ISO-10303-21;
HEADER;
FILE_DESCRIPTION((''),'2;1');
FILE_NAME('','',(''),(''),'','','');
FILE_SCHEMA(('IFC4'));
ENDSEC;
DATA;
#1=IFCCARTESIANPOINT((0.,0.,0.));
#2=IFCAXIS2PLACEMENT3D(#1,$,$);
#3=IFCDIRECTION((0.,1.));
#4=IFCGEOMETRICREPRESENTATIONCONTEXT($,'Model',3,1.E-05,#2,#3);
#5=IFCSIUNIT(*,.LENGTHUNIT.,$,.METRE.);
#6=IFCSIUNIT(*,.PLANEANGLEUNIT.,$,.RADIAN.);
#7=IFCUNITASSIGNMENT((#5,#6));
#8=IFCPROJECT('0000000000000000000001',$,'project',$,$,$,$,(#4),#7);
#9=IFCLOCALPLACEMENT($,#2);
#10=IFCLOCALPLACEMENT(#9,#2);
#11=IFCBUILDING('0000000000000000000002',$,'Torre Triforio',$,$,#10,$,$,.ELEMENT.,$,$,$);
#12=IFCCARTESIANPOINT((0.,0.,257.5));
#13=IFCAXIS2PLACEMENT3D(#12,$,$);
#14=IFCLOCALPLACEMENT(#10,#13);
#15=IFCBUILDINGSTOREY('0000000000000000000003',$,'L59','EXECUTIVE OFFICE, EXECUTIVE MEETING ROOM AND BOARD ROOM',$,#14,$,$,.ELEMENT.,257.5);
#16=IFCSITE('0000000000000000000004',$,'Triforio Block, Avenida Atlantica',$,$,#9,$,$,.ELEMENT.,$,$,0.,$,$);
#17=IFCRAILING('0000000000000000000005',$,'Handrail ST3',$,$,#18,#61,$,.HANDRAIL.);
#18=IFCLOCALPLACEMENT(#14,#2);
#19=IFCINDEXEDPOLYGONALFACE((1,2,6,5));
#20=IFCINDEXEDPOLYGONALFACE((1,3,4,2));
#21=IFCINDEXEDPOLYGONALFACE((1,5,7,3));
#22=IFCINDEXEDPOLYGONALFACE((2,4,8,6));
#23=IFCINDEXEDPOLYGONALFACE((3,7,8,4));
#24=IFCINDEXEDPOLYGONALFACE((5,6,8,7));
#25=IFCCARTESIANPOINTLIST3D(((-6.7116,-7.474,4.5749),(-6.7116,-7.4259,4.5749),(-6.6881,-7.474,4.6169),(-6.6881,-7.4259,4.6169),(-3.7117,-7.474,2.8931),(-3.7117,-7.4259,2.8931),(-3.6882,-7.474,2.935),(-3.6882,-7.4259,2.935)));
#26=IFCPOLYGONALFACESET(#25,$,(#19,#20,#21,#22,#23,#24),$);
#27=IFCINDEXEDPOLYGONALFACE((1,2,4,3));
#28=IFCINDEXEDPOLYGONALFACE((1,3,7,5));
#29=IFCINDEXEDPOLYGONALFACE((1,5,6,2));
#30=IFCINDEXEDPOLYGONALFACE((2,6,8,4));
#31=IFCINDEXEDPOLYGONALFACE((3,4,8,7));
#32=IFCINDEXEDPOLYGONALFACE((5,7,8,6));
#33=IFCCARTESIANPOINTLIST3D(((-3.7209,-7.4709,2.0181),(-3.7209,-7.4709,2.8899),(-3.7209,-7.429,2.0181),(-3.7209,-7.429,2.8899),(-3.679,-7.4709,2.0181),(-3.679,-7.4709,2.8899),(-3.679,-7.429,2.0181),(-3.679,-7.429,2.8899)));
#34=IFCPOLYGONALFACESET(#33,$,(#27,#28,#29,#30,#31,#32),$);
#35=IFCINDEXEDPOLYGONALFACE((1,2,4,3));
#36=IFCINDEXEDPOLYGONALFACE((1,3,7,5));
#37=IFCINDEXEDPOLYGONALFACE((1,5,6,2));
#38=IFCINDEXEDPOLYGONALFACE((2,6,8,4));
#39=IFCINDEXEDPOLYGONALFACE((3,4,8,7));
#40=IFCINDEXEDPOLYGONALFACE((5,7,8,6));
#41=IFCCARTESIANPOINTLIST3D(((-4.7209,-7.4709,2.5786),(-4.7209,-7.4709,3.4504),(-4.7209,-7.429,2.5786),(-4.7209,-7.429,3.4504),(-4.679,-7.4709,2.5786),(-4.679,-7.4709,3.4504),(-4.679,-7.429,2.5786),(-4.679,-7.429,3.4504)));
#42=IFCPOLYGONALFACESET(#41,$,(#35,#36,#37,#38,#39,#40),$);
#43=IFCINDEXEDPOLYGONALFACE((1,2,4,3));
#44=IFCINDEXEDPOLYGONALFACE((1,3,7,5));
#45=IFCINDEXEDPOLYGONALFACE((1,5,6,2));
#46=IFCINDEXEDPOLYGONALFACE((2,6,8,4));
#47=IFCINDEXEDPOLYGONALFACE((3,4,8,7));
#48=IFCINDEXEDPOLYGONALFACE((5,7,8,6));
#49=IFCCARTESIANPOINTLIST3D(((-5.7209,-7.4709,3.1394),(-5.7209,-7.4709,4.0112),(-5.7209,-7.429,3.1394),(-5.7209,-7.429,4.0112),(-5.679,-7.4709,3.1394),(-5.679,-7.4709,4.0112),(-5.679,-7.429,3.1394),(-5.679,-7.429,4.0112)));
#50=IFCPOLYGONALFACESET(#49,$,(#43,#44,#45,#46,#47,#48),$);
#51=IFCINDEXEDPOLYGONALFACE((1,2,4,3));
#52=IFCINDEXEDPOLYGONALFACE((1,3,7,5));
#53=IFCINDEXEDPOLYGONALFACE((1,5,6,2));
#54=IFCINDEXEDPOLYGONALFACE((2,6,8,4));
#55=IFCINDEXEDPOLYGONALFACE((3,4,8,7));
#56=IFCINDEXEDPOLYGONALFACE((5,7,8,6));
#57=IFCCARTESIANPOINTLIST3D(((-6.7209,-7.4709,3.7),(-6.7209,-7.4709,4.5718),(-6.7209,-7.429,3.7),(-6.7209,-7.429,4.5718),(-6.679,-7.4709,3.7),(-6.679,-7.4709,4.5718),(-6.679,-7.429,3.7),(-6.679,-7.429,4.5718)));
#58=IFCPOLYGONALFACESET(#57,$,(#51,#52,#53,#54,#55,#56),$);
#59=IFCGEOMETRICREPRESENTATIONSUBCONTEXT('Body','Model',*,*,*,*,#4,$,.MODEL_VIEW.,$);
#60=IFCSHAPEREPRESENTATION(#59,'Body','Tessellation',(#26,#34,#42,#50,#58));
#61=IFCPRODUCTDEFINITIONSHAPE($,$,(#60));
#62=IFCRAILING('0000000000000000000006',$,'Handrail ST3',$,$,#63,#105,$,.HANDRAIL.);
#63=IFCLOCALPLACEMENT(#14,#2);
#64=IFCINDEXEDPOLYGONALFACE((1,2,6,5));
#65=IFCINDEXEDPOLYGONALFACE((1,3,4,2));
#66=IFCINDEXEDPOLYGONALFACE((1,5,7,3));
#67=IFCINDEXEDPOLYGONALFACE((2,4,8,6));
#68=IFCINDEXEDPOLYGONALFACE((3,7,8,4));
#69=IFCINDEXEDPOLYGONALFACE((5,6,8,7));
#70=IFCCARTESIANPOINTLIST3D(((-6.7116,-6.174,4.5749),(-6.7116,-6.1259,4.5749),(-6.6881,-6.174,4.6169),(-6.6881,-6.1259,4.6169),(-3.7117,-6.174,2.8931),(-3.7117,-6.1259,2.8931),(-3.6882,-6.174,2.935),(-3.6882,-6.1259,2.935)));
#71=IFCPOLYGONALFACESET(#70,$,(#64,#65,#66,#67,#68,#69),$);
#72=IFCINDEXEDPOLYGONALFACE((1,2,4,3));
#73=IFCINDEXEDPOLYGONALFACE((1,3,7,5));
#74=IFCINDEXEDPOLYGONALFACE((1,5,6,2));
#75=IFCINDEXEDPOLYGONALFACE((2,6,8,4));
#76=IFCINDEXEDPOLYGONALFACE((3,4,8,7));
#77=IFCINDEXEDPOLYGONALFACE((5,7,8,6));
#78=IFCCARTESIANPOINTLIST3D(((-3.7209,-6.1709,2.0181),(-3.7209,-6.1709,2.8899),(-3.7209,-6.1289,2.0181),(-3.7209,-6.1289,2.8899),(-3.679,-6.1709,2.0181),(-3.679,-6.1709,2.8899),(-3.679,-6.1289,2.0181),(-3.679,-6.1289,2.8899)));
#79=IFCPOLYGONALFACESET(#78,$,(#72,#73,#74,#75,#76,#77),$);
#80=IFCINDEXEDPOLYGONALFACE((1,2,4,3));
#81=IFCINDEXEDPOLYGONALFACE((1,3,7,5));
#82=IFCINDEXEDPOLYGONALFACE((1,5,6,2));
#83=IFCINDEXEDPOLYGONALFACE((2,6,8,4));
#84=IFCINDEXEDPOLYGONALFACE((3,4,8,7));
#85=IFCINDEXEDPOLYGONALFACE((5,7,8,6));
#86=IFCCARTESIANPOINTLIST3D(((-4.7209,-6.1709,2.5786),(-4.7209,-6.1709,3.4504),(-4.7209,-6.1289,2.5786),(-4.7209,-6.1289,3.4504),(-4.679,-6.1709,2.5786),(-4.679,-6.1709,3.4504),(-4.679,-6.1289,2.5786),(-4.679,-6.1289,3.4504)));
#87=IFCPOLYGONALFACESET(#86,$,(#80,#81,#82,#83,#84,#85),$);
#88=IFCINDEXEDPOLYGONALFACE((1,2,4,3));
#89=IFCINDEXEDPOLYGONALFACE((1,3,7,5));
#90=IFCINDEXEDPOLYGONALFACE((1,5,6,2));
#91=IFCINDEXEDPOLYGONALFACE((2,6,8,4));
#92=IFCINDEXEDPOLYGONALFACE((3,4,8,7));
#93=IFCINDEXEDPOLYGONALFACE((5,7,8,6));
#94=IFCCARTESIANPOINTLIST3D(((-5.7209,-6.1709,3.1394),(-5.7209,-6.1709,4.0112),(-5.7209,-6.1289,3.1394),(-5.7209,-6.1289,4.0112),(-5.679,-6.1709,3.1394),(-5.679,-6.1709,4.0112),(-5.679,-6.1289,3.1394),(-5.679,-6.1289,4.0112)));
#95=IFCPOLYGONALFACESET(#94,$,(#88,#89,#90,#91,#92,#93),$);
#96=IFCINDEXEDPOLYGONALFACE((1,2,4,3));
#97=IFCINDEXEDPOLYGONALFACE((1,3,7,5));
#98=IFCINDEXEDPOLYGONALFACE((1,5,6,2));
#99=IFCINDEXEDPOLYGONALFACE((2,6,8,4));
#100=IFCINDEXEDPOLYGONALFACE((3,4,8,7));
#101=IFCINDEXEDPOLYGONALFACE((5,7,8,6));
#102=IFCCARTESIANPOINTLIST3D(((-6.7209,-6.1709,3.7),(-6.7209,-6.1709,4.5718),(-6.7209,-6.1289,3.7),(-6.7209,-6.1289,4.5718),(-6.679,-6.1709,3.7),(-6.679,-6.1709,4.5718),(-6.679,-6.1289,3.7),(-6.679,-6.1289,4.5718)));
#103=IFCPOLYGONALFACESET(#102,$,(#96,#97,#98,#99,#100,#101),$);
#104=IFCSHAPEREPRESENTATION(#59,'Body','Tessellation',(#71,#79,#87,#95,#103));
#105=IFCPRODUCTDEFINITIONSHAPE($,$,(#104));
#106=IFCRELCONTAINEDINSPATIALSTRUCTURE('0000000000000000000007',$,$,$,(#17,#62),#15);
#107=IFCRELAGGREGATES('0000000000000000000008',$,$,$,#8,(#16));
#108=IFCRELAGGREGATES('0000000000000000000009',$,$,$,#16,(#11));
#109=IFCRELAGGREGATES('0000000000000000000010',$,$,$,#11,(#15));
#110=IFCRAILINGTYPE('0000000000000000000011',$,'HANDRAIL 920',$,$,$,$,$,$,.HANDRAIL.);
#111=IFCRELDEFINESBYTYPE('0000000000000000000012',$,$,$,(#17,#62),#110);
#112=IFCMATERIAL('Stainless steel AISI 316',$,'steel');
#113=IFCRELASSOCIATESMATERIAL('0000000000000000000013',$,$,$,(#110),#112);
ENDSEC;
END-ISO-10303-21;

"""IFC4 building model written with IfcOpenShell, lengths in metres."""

from ifc_helpers import new_model, si_unit, direction, frame, origin, origin_2d, place, context, subcontext, project, spatial, rectangle, extrude, material, type_object, element, save


model = new_model("IFC4")

# Units and contexts
model_context = context("Model", 3, precision=1e-05, world=origin(), true_north=direction((0.0, 1.0)))
body_context = subcontext(model_context, "Body", "Model", "MODEL_VIEW")
ifc_project = project(units=[si_unit("LENGTHUNIT", "METRE"), si_unit("PLANEANGLEUNIT", "RADIAN")], contexts=[model_context])

# Site, building, storey
site_placement = place(None, origin())
site = spatial("IfcSite", under=ifc_project, at=site_placement, Name="Triforio Block, Avenida Atlantica", CompositionType="ELEMENT", RefElevation=0.0)
building_placement = place(site_placement, origin())
building = spatial("IfcBuilding", under=site, at=building_placement, Name="Torre Triforio", CompositionType="ELEMENT")
storey_placement = place(building_placement, frame((0.0, 0.0, 257.5)))
storey = spatial("IfcBuildingStorey", under=building, at=storey_placement, Name="L59", Description="EXECUTIVE OFFICE, EXECUTIVE MEETING ROOM AND BOARD ROOM", CompositionType="ELEMENT", Elevation=257.5)

# Railings
ifc_material_1 = material(Name="Stainless steel AISI 316", Category="steel")
railing_type = type_object("IfcRailingType", Name="HANDRAIL 920", PredefinedType="HANDRAIL", material=ifc_material_1)
for number, where, name in (
    (1, (-3.7, -7.45, 2.0181), "Handrail ST3"),
    (2, (-3.7, -6.1499, 2.0181), "Handrail ST3"),
):
    element("IfcRailing", number, at=place(storey_placement, frame(where)), inside=storey, type_object=railing_type, Name=name, PredefinedType="HANDRAIL", context=body_context, shape_type="SweptSolid", body=[
        extrude(rectangle(XDim=0.0481, YDim=0.0481, at=origin_2d()), frame((0.0, 0.0, 0.896), z_axis=(-0.872272, 0.0, 0.48902), x_axis=(0.0, -1.0, 0.0)), (0.0, 0.0, 1.0), 3.4392),
        extrude(rectangle(XDim=0.042, YDim=0.042, at=origin_2d()), origin(), (0.0, 0.0, 1.0), 0.8718),
        extrude(rectangle(XDim=0.042, YDim=0.042, at=origin_2d()), frame((-1.0, 0.0, 0.5605)), (0.0, 0.0, 1.0), 0.8718),
        extrude(rectangle(XDim=0.042, YDim=0.042, at=origin_2d()), frame((-2.0, 0.0, 1.1213)), (0.0, 0.0, 1.0), 0.8718),
        extrude(rectangle(XDim=0.042, YDim=0.042, at=origin_2d()), frame((-3.0, 0.0, 1.6819)), (0.0, 0.0, 1.0), 0.8718),
    ])

save(model, "model.ifc")
